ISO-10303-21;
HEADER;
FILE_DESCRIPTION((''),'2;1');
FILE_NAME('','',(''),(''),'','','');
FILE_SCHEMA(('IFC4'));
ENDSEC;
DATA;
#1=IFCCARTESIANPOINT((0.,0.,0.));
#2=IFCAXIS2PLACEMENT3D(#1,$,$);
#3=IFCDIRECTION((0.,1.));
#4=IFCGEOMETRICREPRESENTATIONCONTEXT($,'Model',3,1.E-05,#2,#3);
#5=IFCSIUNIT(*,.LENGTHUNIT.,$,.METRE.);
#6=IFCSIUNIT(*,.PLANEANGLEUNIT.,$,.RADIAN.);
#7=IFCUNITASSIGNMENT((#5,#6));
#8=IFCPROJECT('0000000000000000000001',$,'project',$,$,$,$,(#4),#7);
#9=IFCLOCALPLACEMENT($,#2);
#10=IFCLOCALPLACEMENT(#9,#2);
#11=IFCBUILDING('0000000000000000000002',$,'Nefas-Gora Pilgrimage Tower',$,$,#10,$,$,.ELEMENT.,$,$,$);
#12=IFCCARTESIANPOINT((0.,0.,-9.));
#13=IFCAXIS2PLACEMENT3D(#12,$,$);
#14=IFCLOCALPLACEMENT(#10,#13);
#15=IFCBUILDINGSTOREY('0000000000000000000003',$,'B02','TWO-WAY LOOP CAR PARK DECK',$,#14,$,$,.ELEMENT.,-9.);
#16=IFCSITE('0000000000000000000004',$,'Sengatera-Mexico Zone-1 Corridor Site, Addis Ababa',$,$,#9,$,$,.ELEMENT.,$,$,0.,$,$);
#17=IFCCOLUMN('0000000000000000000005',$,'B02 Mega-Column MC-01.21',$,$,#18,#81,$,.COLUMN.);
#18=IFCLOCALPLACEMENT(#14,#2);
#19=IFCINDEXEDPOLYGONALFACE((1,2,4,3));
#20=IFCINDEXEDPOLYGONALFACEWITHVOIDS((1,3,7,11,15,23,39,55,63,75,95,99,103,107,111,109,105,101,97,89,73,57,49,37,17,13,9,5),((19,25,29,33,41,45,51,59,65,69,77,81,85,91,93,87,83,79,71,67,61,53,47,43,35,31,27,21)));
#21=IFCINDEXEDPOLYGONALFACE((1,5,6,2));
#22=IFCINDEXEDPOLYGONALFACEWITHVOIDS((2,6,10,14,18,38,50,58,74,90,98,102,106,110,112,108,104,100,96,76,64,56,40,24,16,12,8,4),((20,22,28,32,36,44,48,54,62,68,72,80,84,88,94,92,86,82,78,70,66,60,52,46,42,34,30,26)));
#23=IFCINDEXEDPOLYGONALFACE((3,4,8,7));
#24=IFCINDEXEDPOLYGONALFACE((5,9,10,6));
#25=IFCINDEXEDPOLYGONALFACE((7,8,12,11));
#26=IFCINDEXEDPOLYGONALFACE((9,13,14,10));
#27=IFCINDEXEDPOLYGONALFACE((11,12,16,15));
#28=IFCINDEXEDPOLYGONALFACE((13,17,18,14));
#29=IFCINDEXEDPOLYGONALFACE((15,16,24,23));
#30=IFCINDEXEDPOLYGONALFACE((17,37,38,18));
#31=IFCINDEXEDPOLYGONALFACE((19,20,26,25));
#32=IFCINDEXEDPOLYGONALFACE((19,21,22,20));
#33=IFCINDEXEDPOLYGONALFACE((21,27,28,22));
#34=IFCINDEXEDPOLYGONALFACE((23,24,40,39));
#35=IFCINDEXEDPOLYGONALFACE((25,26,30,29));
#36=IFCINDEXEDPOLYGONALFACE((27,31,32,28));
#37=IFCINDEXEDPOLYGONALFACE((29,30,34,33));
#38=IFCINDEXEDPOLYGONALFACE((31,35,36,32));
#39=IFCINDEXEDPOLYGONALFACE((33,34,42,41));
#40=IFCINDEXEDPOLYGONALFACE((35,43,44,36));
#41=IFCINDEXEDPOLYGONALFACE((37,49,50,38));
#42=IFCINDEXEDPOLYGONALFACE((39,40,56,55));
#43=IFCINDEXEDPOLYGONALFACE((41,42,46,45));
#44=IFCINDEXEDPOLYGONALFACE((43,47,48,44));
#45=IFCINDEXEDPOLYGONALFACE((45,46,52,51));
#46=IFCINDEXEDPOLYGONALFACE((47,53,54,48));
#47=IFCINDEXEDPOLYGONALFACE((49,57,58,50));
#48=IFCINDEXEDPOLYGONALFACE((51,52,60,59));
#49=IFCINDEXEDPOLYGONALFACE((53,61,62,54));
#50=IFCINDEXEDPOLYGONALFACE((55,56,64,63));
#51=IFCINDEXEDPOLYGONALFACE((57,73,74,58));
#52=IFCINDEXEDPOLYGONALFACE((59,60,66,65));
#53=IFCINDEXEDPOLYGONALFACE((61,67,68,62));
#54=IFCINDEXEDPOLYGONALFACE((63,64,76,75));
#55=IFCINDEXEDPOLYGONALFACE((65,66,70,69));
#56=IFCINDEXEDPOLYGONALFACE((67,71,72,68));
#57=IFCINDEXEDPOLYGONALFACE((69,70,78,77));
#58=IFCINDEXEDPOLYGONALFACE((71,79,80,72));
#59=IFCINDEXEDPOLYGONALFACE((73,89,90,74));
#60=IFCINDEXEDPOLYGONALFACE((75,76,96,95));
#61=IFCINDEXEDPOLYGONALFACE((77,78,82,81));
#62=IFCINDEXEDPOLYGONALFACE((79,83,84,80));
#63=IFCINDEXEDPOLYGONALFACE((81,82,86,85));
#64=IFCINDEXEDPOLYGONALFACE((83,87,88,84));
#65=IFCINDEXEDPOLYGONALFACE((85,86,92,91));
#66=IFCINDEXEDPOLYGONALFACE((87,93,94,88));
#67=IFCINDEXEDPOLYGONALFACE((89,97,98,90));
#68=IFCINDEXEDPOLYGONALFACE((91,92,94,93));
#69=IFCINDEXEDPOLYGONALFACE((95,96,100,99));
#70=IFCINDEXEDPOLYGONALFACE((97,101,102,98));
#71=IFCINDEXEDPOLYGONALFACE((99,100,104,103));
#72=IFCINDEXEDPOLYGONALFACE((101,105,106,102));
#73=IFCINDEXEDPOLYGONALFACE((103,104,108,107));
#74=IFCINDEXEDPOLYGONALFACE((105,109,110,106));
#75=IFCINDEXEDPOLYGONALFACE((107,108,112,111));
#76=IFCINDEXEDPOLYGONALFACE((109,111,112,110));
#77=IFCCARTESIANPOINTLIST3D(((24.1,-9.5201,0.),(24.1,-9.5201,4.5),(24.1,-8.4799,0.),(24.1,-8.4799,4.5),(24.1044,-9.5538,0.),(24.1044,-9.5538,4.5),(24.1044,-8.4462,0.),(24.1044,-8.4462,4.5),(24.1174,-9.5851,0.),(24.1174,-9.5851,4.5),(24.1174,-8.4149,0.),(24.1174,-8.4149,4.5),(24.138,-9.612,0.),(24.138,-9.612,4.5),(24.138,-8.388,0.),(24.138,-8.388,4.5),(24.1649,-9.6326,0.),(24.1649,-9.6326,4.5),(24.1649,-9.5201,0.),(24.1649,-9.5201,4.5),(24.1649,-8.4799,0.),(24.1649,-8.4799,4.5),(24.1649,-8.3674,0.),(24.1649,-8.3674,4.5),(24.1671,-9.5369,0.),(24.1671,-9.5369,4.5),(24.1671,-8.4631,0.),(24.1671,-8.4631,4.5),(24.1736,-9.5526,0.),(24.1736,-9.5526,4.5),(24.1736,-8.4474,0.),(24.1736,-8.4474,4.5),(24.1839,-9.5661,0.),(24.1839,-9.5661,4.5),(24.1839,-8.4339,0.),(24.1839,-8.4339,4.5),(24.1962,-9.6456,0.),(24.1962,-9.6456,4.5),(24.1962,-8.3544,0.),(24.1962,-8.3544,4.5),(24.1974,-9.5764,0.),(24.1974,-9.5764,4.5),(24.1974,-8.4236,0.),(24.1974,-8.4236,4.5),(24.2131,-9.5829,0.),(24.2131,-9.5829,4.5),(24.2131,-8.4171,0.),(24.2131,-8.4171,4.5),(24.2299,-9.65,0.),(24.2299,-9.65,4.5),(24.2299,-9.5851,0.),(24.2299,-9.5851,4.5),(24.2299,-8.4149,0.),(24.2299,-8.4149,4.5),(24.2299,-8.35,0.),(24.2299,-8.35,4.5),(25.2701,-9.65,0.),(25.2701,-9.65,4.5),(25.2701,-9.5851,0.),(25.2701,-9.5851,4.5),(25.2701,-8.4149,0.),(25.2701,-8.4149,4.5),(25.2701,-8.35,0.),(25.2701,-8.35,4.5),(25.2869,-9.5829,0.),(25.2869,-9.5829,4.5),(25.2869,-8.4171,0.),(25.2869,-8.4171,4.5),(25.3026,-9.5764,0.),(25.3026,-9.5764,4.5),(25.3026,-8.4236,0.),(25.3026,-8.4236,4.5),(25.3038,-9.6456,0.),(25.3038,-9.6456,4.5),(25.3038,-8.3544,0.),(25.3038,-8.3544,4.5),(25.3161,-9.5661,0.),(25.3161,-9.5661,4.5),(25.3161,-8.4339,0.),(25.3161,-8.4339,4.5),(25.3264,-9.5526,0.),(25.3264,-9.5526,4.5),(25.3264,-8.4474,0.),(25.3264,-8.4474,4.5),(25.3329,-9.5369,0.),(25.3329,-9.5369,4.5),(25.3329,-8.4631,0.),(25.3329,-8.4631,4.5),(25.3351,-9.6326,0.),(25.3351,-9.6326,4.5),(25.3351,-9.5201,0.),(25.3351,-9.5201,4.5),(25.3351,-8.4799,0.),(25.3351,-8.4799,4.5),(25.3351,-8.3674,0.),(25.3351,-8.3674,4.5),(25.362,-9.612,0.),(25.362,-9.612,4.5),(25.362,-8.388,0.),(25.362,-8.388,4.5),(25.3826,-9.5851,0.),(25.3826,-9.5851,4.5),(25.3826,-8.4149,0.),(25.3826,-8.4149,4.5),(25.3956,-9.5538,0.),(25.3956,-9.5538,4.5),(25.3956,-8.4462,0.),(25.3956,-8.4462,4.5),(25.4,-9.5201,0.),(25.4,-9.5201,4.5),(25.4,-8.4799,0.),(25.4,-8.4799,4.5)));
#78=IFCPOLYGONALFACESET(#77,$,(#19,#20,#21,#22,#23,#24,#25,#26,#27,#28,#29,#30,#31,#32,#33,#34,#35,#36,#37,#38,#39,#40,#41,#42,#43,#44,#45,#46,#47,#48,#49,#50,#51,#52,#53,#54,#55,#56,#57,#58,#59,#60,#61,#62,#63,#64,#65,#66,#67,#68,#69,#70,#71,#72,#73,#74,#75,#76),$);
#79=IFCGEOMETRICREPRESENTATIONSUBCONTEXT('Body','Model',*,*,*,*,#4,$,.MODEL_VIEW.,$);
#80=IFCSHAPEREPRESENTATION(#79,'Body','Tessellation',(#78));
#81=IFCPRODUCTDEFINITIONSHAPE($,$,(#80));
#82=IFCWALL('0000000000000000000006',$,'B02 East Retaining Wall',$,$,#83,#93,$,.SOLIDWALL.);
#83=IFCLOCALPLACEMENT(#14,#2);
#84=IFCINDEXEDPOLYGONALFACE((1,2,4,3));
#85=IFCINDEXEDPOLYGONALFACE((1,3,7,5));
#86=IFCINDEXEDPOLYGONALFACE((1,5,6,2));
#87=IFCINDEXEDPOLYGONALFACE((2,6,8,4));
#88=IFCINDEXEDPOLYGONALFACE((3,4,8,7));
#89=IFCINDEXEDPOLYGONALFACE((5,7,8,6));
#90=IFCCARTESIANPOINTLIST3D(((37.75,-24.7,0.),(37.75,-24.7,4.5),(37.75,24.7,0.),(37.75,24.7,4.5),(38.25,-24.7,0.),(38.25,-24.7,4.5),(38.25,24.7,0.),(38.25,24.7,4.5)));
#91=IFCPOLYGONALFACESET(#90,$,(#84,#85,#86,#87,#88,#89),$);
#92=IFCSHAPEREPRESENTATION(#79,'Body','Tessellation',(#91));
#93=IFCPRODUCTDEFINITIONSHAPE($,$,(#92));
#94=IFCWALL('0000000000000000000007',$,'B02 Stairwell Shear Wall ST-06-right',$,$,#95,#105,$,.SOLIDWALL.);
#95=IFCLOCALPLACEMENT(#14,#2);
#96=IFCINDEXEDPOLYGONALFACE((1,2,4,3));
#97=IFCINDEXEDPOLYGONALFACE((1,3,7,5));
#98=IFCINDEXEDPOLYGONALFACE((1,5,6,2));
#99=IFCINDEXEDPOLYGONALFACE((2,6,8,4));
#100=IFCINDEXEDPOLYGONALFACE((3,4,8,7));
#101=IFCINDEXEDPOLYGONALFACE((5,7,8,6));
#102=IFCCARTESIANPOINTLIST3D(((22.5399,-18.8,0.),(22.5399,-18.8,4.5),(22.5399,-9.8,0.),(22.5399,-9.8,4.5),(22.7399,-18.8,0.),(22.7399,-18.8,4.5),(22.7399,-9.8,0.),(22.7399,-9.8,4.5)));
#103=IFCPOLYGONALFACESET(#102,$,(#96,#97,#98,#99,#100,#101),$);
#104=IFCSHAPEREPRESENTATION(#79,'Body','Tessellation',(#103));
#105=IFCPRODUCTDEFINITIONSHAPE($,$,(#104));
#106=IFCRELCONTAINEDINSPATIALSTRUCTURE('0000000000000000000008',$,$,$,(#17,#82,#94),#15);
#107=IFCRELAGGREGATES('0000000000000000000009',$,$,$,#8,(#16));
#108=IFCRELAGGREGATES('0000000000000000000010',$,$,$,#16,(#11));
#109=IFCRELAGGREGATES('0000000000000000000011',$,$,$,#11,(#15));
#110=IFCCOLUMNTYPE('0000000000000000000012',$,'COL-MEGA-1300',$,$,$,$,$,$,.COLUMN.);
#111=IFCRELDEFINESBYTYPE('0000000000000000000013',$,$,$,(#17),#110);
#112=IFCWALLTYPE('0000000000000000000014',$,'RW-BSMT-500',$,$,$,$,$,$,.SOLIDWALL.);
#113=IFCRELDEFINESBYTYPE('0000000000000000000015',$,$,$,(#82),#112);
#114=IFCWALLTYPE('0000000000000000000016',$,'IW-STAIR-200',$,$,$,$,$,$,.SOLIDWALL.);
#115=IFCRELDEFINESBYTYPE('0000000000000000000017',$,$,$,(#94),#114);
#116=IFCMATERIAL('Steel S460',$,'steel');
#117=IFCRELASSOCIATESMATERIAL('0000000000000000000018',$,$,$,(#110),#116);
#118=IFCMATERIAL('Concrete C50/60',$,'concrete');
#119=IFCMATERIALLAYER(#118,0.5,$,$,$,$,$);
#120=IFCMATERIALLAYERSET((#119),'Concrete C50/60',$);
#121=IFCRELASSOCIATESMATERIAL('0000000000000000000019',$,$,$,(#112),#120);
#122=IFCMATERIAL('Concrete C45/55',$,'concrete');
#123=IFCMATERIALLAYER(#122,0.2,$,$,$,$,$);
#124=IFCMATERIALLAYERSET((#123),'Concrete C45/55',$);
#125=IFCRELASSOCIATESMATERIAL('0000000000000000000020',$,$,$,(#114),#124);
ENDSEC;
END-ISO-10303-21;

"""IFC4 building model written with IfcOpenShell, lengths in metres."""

from ifc_helpers import new_model, si_unit, direction, frame, frame_2d, origin, origin_2d, place, context, subcontext, project, spatial, rectangle, hollow_rectangle, extrude, source, transform, mapped, material, layer, layer_set, material_profile, profile_set, type_object, element, save


model = new_model("IFC4")

# Units and contexts
model_context = context("Model", 3, precision=1e-05, world=origin(), true_north=direction((0.0, 1.0)))
body_context = subcontext(model_context, "Body", "Model", "MODEL_VIEW")
ifc_project = project(units=[si_unit("LENGTHUNIT", "METRE"), si_unit("PLANEANGLEUNIT", "RADIAN")], contexts=[model_context])

# Site, building, storey
site_placement = place(None, origin())
site = spatial("IfcSite", under=ifc_project, at=site_placement, Name="Sengatera-Mexico Zone-1 Corridor Site, Addis Ababa", CompositionType="ELEMENT", RefElevation=0.0)
building_placement = place(site_placement, origin())
building = spatial("IfcBuilding", under=site, at=building_placement, Name="Nefas-Gora Pilgrimage Tower", CompositionType="ELEMENT")
storey_placement = place(building_placement, frame((0.0, 0.0, -9.0)))
storey = spatial("IfcBuildingStorey", under=building, at=storey_placement, Name="B02", Description="TWO-WAY LOOP CAR PARK DECK", CompositionType="ELEMENT", Elevation=-9.0)

# Shared definitions
ifc_material_1 = material(Name="Concrete C45/55", Category="concrete")

# Column
ifc_material_2 = material(Name="Steel S460", Category="steel")
ifc_material_profile_1 = material_profile(ifc_material_2, hollow_rectangle(XDim=1.3, YDim=1.3, WallThickness=0.0649, InnerFilletRadius=0.0649, OuterFilletRadius=0.1299, at=origin_2d()), Name="BOX 1300x1300x65")
ifc_profile_set_1 = profile_set([ifc_material_profile_1], Name="Steel S460")
column_type_1 = type_object("IfcColumnType", Name="COL-MEGA-1300", PredefinedType="COLUMN", material=ifc_profile_set_1)
shared_shape_1 = source(origin(), body_context, "Body", "SweptSolid", [
    extrude(hollow_rectangle(XDim=1.3, YDim=1.3, WallThickness=0.0649, InnerFilletRadius=0.0649, OuterFilletRadius=0.1299, at=origin_2d()), origin(), (0.0, 0.0, 1.0), 4.5),
])
column_placement = place(storey_placement, frame((24.75, -9.0, 0.0), z_axis=(0.0, 0.0, 1.0), x_axis=(1.0, 0.0, 0.0)))
element("IfcColumn", 1, at=column_placement, inside=storey, type_object=column_type_1, Name="B02 Mega-Column MC-01.21", PredefinedType="COLUMN", context=body_context, shape_type="MappedRepresentation", body=[
    mapped(shared_shape_1, transform((0.0, 0.0, 0.0), x_axis=(1.0, 0.0, 0.0), y_axis=(0.0, 1.0, 0.0), z_axis=(0.0, 0.0, 1.0), scale=1.0)),
])

# Walls
ifc_material_3 = material(Name="Concrete C50/60", Category="concrete")
ifc_layer_1 = layer(ifc_material_3, 0.5)
ifc_layer_set_1 = layer_set([ifc_layer_1], Name="Concrete C50/60")
wall_type_1 = type_object("IfcWallType", Name="RW-BSMT-500", PredefinedType="SOLIDWALL", material=ifc_layer_set_1)
shared_shape_2 = source(origin(), body_context, "Body", "SweptSolid", [
    extrude(rectangle(XDim=49.3999, YDim=0.5, at=frame_2d((24.7, 0.0))), origin(), (0.0, 0.0, 1.0), 4.5),
])
wall_1_placement = place(storey_placement, frame((38.0, -24.7, 0.0), z_axis=(0.0, 0.0, 1.0), x_axis=(0.0, 1.0, 0.0)))
element("IfcWall", 2, at=wall_1_placement, inside=storey, type_object=wall_type_1, Name="B02 East Retaining Wall", PredefinedType="SOLIDWALL", context=body_context, shape_type="MappedRepresentation", body=[
    mapped(shared_shape_2, transform((0.0, 0.0, 0.0), x_axis=(1.0, 0.0, 0.0), y_axis=(0.0, 1.0, 0.0), z_axis=(0.0, 0.0, 1.0), scale=1.0)),
])
ifc_layer_2 = layer(ifc_material_1, 0.2)
ifc_layer_set_2 = layer_set([ifc_layer_2], Name="Concrete C45/55")
wall_type_2 = type_object("IfcWallType", Name="IW-STAIR-200", PredefinedType="SOLIDWALL", material=ifc_layer_set_2)
shared_shape_3 = source(origin(), body_context, "Body", "SweptSolid", [
    extrude(rectangle(XDim=9.0, YDim=0.2, at=frame_2d((4.5, 0.0))), origin(), (0.0, 0.0, 1.0), 4.5),
])
wall_2_placement = place(storey_placement, frame((22.6399, -9.8, 0.0), z_axis=(0.0, 0.0, 1.0), x_axis=(0.0, -1.0, 0.0)))
element("IfcWall", 3, at=wall_2_placement, inside=storey, type_object=wall_type_2, Name="B02 Stairwell Shear Wall ST-06-right", PredefinedType="SOLIDWALL", context=body_context, shape_type="MappedRepresentation", body=[
    mapped(shared_shape_3, transform((0.0, 0.0, 0.0), x_axis=(1.0, 0.0, 0.0), y_axis=(0.0, 1.0, 0.0), z_axis=(0.0, 0.0, 1.0), scale=1.0)),
])

save(model, "model.ifc")
